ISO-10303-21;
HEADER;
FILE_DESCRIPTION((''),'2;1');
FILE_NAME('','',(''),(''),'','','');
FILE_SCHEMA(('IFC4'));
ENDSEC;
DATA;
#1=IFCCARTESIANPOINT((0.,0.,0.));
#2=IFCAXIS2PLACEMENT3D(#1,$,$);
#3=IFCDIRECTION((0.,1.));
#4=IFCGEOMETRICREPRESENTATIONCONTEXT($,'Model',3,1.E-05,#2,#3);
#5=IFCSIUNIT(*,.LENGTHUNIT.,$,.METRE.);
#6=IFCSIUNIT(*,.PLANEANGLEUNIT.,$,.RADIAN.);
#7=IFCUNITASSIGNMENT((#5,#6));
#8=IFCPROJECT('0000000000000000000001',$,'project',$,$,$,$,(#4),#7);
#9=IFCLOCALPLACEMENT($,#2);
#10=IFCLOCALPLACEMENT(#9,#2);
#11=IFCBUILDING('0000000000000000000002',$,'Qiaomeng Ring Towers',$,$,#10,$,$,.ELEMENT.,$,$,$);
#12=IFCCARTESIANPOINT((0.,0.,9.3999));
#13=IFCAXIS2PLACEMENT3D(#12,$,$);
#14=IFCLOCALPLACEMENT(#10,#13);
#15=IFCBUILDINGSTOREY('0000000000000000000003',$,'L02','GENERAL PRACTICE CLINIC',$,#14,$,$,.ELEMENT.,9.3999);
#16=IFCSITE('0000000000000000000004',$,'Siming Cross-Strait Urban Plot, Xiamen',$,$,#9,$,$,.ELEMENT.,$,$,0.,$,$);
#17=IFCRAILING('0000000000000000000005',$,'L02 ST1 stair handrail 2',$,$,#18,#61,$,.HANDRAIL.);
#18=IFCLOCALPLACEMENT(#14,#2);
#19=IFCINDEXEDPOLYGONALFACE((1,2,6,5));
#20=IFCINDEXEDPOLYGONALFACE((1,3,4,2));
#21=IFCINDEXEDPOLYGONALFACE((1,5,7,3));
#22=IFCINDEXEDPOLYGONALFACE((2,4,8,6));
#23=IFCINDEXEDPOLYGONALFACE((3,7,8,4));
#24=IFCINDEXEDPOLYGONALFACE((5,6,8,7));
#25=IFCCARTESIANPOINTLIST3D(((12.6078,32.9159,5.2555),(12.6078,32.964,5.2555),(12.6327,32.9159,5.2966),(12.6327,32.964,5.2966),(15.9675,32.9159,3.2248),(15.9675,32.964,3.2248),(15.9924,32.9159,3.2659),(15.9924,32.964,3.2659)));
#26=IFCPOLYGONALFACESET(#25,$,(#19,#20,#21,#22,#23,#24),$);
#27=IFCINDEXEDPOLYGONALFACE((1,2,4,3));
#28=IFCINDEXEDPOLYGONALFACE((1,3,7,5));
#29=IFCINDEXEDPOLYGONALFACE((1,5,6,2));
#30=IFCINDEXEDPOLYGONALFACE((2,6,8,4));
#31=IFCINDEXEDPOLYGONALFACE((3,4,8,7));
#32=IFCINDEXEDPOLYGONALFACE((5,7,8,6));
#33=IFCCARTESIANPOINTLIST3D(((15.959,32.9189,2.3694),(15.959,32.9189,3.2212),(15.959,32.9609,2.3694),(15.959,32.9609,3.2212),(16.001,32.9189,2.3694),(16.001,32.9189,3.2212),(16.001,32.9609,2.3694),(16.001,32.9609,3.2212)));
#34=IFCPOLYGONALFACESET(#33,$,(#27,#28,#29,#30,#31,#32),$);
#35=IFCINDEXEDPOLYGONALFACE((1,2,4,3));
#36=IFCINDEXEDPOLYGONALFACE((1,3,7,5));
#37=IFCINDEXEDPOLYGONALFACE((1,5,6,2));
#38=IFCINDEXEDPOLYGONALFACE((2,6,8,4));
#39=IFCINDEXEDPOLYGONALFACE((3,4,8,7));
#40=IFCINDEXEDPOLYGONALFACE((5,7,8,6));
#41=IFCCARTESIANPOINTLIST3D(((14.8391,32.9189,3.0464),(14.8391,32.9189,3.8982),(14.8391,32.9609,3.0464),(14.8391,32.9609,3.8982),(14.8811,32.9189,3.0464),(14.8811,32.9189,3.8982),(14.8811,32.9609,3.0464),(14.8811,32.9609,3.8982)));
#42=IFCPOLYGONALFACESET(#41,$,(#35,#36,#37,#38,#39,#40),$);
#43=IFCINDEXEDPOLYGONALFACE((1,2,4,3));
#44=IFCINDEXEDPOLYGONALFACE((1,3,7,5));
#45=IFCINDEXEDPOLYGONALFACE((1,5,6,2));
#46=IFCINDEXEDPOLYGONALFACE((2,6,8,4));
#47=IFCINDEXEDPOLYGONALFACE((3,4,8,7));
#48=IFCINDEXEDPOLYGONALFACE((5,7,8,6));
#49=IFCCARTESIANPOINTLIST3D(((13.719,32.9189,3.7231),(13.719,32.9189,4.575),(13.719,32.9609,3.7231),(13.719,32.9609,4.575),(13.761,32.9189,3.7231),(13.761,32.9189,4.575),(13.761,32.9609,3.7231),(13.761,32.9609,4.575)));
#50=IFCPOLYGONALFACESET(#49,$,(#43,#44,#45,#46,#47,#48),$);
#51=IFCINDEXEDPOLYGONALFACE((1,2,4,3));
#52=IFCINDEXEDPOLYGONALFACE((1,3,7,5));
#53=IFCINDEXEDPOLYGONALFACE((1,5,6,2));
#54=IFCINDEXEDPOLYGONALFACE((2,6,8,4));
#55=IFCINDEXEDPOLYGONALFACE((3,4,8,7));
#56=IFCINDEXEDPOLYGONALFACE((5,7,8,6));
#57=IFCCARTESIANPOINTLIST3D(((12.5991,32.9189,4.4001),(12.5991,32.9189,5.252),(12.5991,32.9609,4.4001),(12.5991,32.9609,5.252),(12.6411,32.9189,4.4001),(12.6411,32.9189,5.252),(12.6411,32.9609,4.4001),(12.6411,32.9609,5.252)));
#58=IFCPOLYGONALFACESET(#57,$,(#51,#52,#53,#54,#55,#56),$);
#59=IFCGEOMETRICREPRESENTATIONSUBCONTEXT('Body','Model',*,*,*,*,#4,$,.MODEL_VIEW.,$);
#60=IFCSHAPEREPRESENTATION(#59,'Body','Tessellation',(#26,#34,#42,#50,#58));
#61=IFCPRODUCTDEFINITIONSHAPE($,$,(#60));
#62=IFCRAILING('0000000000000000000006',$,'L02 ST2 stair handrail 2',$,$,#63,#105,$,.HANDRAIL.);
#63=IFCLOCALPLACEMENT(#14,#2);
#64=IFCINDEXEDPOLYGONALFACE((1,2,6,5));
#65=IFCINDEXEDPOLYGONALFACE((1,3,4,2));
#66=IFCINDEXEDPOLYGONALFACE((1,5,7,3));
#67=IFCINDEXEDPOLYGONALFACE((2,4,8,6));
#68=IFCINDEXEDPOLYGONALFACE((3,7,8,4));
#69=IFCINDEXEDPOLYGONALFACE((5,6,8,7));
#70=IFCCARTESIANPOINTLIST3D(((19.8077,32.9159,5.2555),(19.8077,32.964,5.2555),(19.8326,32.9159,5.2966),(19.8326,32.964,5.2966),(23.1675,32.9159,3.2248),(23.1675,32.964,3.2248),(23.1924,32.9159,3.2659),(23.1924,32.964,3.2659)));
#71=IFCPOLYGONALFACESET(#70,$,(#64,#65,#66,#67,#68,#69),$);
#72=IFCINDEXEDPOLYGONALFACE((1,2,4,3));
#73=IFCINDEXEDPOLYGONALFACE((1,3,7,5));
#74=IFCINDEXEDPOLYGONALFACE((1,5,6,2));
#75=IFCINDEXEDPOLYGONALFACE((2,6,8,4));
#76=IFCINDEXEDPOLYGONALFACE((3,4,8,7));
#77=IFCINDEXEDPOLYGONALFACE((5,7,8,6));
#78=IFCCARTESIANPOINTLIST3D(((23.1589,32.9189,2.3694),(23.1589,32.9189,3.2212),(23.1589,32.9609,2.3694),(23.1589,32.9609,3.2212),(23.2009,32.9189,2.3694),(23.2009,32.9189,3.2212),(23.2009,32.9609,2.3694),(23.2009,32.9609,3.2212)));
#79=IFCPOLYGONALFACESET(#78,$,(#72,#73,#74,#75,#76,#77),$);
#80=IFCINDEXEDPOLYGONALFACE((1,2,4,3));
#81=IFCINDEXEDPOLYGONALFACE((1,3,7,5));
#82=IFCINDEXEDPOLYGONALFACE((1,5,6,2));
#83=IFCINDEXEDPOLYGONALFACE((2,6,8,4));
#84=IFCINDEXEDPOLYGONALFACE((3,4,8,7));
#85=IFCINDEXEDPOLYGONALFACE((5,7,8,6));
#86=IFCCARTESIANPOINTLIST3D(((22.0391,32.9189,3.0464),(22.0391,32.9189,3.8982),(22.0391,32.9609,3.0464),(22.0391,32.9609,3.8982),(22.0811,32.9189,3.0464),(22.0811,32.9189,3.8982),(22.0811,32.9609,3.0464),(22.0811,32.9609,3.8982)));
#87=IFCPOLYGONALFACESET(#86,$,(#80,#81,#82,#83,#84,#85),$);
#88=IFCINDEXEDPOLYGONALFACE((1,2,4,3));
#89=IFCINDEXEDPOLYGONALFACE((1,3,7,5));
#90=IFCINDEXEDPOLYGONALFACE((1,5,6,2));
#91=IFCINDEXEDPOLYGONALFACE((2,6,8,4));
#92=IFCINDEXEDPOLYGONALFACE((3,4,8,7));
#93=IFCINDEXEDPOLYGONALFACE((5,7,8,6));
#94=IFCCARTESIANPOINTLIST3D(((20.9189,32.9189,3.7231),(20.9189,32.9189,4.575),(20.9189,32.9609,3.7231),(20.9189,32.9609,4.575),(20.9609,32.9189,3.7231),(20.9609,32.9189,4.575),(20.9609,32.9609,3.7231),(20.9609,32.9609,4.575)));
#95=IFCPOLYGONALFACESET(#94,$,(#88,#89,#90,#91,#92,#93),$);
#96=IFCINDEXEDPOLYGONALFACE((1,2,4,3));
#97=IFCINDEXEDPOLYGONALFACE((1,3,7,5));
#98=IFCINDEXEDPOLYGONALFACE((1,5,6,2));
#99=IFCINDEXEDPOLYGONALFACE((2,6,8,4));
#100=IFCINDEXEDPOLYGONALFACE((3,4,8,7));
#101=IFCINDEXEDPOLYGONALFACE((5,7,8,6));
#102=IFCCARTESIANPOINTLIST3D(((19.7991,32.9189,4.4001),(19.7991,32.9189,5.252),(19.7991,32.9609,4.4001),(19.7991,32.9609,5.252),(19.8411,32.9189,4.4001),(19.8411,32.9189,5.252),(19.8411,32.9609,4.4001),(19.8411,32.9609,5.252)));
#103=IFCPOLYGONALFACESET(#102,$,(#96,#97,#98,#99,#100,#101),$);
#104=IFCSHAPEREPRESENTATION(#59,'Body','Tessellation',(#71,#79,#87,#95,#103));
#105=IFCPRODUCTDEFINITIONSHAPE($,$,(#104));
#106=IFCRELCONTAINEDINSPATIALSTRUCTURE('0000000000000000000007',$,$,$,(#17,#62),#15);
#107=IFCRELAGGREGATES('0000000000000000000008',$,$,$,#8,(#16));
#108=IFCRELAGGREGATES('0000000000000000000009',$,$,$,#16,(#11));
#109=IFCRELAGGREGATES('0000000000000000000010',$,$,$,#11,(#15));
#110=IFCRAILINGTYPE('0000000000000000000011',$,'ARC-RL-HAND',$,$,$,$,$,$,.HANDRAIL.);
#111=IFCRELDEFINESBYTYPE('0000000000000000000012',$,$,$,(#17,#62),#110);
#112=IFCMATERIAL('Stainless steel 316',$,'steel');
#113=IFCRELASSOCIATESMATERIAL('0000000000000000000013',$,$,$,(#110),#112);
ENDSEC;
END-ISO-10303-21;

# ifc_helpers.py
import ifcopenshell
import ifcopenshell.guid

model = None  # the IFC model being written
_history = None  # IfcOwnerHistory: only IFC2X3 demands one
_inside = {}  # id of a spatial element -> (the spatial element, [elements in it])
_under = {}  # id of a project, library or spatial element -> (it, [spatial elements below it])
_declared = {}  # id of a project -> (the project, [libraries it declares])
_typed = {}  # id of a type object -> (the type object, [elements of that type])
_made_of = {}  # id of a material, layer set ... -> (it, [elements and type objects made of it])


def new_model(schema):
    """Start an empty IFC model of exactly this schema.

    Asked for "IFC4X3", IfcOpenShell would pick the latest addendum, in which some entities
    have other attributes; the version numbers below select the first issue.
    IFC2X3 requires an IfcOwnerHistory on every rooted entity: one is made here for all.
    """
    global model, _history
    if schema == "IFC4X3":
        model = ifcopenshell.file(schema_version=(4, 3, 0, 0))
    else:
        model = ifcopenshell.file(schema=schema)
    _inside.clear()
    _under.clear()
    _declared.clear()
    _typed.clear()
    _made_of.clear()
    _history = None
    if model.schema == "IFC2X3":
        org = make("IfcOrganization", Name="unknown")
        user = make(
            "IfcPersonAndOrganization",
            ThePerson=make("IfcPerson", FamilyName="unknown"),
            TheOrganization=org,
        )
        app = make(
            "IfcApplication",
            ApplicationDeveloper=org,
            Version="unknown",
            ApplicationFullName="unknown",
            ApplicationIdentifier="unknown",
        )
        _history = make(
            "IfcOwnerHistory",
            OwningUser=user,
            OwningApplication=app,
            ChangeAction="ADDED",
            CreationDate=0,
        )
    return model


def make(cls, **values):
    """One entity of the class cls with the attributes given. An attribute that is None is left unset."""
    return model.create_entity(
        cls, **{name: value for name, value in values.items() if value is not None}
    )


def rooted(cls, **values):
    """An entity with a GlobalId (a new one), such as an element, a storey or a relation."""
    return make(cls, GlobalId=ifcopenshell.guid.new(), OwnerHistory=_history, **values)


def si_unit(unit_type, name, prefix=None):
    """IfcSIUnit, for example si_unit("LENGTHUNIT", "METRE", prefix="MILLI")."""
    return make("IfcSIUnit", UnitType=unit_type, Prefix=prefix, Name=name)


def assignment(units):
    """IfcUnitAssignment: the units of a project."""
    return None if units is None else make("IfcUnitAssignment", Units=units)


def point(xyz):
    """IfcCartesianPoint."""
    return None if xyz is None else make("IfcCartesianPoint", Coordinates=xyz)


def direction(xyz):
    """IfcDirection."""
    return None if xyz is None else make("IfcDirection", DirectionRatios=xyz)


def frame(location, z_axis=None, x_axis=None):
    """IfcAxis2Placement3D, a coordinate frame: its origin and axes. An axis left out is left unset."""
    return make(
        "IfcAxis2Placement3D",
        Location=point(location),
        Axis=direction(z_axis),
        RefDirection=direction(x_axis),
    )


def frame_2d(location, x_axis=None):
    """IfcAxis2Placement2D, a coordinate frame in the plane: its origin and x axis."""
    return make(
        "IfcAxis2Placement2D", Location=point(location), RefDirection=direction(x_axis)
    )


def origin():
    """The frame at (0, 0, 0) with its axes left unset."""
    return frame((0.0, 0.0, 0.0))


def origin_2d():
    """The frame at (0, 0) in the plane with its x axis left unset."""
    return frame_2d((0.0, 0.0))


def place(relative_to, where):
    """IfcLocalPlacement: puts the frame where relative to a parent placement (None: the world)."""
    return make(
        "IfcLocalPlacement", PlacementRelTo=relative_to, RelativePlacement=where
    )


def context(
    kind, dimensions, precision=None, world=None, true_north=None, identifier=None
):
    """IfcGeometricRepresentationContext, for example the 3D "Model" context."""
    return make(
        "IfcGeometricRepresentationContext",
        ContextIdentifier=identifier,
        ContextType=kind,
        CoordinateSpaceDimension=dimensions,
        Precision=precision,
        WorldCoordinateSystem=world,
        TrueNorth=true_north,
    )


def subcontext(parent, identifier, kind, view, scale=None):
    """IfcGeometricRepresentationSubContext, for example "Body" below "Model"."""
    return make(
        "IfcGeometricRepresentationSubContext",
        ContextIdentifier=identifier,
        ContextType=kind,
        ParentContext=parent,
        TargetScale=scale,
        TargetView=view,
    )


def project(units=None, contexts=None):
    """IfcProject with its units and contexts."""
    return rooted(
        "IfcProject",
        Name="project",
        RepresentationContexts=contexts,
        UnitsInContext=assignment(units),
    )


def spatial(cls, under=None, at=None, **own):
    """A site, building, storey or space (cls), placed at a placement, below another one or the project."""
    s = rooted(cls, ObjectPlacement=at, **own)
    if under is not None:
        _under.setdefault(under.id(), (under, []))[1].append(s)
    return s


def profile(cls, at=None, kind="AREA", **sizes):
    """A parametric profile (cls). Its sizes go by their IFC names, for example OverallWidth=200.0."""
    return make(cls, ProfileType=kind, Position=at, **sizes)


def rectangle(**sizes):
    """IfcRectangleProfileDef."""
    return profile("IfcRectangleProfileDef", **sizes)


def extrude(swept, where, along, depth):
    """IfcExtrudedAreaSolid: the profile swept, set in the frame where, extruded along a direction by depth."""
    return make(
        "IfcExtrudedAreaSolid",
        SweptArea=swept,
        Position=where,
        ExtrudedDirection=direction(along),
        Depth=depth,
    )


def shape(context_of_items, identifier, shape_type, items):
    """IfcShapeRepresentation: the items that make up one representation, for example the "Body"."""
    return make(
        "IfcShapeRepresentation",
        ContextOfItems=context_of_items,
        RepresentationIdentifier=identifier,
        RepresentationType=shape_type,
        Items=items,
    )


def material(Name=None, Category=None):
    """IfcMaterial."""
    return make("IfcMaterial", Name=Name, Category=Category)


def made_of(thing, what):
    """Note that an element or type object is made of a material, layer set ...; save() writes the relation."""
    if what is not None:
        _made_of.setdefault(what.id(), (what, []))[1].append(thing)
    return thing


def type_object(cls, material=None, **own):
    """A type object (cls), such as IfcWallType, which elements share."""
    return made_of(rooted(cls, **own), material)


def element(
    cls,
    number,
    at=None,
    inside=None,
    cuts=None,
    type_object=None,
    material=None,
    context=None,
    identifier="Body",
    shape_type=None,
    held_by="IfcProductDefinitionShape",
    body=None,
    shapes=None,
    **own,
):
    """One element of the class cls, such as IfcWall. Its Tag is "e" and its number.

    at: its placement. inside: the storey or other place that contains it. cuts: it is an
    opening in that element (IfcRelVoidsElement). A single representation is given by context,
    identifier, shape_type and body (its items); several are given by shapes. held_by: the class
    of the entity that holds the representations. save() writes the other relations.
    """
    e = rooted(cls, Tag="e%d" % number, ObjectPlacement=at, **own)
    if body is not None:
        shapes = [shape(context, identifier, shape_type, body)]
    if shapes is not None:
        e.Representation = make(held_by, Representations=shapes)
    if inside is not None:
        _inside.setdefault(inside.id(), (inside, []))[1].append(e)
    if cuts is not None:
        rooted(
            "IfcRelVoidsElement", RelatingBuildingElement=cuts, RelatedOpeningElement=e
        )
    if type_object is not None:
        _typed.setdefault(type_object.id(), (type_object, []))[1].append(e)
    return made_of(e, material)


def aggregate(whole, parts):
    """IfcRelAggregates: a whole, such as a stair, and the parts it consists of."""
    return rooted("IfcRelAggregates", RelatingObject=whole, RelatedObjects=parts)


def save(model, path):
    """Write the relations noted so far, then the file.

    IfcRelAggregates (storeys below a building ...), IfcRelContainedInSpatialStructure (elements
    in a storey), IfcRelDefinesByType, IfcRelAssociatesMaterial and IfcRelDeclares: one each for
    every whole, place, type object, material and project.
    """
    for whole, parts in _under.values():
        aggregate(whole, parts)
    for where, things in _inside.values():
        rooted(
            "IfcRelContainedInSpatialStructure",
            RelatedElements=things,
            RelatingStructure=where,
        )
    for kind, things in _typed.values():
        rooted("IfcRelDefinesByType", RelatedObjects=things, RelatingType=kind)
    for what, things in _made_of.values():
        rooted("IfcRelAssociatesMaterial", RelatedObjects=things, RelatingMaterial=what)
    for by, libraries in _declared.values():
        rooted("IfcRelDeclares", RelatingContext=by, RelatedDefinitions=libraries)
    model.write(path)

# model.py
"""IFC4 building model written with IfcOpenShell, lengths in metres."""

from ifc_helpers import new_model, si_unit, direction, frame, origin, origin_2d, place, context, subcontext, project, spatial, rectangle, extrude, material, type_object, element, save


model = new_model("IFC4")

# Units and contexts
model_context = context("Model", 3, precision=1e-05, world=origin(), true_north=direction((0.0, 1.0)))
body_context = subcontext(model_context, "Body", "Model", "MODEL_VIEW")
ifc_project = project(units=[si_unit("LENGTHUNIT", "METRE"), si_unit("PLANEANGLEUNIT", "RADIAN")], contexts=[model_context])

# Site, building, storey
site_placement = place(None, origin())
site = spatial("IfcSite", under=ifc_project, at=site_placement, Name="Siming Cross-Strait Urban Plot, Xiamen", CompositionType="ELEMENT", RefElevation=0.0)
building_placement = place(site_placement, origin())
building = spatial("IfcBuilding", under=site, at=building_placement, Name="Qiaomeng Ring Towers", CompositionType="ELEMENT")
storey_placement = place(building_placement, frame((0.0, 0.0, 9.3999)))
storey = spatial("IfcBuildingStorey", under=building, at=storey_placement, Name="L02", Description="GENERAL PRACTICE CLINIC", CompositionType="ELEMENT", Elevation=9.3999)

# Railings
ifc_material_1 = material(Name="Stainless steel 316", Category="steel")
railing_type = type_object("IfcRailingType", Name="ARC-RL-HAND", PredefinedType="HANDRAIL", material=ifc_material_1)
for number, where, name in (
    (1, (15.98, 32.9399, 2.3694), "L02 ST1 stair handrail 2"),
    (2, (23.1799, 32.9399, 2.3694), "L02 ST2 stair handrail 2"),
):
    element("IfcRailing", number, at=place(storey_placement, frame(where)), inside=storey, type_object=railing_type, Name=name, PredefinedType="HANDRAIL", context=body_context, shape_type="SweptSolid", body=[
        extrude(rectangle(XDim=0.0481, YDim=0.0481, at=origin_2d()), frame((0.0, 0.0, 0.876), z_axis=(-0.85582, 0.0, 0.517273), x_axis=(0.0, -1.0, 0.0)), (0.0, 0.0, 1.0), 3.9258),
        extrude(rectangle(XDim=0.042, YDim=0.042, at=origin_2d()), origin(), (0.0, 0.0, 1.0), 0.8518),
        extrude(rectangle(XDim=0.042, YDim=0.042, at=origin_2d()), frame((-1.1199, 0.0, 0.677)), (0.0, 0.0, 1.0), 0.8518),
        extrude(rectangle(XDim=0.042, YDim=0.042, at=origin_2d()), frame((-2.24, 0.0, 1.3538)), (0.0, 0.0, 1.0), 0.8518),
        extrude(rectangle(XDim=0.042, YDim=0.042, at=origin_2d()), frame((-3.3599, 0.0, 2.0308)), (0.0, 0.0, 1.0), 0.8518),
    ])

save(model, "model.ifc")
